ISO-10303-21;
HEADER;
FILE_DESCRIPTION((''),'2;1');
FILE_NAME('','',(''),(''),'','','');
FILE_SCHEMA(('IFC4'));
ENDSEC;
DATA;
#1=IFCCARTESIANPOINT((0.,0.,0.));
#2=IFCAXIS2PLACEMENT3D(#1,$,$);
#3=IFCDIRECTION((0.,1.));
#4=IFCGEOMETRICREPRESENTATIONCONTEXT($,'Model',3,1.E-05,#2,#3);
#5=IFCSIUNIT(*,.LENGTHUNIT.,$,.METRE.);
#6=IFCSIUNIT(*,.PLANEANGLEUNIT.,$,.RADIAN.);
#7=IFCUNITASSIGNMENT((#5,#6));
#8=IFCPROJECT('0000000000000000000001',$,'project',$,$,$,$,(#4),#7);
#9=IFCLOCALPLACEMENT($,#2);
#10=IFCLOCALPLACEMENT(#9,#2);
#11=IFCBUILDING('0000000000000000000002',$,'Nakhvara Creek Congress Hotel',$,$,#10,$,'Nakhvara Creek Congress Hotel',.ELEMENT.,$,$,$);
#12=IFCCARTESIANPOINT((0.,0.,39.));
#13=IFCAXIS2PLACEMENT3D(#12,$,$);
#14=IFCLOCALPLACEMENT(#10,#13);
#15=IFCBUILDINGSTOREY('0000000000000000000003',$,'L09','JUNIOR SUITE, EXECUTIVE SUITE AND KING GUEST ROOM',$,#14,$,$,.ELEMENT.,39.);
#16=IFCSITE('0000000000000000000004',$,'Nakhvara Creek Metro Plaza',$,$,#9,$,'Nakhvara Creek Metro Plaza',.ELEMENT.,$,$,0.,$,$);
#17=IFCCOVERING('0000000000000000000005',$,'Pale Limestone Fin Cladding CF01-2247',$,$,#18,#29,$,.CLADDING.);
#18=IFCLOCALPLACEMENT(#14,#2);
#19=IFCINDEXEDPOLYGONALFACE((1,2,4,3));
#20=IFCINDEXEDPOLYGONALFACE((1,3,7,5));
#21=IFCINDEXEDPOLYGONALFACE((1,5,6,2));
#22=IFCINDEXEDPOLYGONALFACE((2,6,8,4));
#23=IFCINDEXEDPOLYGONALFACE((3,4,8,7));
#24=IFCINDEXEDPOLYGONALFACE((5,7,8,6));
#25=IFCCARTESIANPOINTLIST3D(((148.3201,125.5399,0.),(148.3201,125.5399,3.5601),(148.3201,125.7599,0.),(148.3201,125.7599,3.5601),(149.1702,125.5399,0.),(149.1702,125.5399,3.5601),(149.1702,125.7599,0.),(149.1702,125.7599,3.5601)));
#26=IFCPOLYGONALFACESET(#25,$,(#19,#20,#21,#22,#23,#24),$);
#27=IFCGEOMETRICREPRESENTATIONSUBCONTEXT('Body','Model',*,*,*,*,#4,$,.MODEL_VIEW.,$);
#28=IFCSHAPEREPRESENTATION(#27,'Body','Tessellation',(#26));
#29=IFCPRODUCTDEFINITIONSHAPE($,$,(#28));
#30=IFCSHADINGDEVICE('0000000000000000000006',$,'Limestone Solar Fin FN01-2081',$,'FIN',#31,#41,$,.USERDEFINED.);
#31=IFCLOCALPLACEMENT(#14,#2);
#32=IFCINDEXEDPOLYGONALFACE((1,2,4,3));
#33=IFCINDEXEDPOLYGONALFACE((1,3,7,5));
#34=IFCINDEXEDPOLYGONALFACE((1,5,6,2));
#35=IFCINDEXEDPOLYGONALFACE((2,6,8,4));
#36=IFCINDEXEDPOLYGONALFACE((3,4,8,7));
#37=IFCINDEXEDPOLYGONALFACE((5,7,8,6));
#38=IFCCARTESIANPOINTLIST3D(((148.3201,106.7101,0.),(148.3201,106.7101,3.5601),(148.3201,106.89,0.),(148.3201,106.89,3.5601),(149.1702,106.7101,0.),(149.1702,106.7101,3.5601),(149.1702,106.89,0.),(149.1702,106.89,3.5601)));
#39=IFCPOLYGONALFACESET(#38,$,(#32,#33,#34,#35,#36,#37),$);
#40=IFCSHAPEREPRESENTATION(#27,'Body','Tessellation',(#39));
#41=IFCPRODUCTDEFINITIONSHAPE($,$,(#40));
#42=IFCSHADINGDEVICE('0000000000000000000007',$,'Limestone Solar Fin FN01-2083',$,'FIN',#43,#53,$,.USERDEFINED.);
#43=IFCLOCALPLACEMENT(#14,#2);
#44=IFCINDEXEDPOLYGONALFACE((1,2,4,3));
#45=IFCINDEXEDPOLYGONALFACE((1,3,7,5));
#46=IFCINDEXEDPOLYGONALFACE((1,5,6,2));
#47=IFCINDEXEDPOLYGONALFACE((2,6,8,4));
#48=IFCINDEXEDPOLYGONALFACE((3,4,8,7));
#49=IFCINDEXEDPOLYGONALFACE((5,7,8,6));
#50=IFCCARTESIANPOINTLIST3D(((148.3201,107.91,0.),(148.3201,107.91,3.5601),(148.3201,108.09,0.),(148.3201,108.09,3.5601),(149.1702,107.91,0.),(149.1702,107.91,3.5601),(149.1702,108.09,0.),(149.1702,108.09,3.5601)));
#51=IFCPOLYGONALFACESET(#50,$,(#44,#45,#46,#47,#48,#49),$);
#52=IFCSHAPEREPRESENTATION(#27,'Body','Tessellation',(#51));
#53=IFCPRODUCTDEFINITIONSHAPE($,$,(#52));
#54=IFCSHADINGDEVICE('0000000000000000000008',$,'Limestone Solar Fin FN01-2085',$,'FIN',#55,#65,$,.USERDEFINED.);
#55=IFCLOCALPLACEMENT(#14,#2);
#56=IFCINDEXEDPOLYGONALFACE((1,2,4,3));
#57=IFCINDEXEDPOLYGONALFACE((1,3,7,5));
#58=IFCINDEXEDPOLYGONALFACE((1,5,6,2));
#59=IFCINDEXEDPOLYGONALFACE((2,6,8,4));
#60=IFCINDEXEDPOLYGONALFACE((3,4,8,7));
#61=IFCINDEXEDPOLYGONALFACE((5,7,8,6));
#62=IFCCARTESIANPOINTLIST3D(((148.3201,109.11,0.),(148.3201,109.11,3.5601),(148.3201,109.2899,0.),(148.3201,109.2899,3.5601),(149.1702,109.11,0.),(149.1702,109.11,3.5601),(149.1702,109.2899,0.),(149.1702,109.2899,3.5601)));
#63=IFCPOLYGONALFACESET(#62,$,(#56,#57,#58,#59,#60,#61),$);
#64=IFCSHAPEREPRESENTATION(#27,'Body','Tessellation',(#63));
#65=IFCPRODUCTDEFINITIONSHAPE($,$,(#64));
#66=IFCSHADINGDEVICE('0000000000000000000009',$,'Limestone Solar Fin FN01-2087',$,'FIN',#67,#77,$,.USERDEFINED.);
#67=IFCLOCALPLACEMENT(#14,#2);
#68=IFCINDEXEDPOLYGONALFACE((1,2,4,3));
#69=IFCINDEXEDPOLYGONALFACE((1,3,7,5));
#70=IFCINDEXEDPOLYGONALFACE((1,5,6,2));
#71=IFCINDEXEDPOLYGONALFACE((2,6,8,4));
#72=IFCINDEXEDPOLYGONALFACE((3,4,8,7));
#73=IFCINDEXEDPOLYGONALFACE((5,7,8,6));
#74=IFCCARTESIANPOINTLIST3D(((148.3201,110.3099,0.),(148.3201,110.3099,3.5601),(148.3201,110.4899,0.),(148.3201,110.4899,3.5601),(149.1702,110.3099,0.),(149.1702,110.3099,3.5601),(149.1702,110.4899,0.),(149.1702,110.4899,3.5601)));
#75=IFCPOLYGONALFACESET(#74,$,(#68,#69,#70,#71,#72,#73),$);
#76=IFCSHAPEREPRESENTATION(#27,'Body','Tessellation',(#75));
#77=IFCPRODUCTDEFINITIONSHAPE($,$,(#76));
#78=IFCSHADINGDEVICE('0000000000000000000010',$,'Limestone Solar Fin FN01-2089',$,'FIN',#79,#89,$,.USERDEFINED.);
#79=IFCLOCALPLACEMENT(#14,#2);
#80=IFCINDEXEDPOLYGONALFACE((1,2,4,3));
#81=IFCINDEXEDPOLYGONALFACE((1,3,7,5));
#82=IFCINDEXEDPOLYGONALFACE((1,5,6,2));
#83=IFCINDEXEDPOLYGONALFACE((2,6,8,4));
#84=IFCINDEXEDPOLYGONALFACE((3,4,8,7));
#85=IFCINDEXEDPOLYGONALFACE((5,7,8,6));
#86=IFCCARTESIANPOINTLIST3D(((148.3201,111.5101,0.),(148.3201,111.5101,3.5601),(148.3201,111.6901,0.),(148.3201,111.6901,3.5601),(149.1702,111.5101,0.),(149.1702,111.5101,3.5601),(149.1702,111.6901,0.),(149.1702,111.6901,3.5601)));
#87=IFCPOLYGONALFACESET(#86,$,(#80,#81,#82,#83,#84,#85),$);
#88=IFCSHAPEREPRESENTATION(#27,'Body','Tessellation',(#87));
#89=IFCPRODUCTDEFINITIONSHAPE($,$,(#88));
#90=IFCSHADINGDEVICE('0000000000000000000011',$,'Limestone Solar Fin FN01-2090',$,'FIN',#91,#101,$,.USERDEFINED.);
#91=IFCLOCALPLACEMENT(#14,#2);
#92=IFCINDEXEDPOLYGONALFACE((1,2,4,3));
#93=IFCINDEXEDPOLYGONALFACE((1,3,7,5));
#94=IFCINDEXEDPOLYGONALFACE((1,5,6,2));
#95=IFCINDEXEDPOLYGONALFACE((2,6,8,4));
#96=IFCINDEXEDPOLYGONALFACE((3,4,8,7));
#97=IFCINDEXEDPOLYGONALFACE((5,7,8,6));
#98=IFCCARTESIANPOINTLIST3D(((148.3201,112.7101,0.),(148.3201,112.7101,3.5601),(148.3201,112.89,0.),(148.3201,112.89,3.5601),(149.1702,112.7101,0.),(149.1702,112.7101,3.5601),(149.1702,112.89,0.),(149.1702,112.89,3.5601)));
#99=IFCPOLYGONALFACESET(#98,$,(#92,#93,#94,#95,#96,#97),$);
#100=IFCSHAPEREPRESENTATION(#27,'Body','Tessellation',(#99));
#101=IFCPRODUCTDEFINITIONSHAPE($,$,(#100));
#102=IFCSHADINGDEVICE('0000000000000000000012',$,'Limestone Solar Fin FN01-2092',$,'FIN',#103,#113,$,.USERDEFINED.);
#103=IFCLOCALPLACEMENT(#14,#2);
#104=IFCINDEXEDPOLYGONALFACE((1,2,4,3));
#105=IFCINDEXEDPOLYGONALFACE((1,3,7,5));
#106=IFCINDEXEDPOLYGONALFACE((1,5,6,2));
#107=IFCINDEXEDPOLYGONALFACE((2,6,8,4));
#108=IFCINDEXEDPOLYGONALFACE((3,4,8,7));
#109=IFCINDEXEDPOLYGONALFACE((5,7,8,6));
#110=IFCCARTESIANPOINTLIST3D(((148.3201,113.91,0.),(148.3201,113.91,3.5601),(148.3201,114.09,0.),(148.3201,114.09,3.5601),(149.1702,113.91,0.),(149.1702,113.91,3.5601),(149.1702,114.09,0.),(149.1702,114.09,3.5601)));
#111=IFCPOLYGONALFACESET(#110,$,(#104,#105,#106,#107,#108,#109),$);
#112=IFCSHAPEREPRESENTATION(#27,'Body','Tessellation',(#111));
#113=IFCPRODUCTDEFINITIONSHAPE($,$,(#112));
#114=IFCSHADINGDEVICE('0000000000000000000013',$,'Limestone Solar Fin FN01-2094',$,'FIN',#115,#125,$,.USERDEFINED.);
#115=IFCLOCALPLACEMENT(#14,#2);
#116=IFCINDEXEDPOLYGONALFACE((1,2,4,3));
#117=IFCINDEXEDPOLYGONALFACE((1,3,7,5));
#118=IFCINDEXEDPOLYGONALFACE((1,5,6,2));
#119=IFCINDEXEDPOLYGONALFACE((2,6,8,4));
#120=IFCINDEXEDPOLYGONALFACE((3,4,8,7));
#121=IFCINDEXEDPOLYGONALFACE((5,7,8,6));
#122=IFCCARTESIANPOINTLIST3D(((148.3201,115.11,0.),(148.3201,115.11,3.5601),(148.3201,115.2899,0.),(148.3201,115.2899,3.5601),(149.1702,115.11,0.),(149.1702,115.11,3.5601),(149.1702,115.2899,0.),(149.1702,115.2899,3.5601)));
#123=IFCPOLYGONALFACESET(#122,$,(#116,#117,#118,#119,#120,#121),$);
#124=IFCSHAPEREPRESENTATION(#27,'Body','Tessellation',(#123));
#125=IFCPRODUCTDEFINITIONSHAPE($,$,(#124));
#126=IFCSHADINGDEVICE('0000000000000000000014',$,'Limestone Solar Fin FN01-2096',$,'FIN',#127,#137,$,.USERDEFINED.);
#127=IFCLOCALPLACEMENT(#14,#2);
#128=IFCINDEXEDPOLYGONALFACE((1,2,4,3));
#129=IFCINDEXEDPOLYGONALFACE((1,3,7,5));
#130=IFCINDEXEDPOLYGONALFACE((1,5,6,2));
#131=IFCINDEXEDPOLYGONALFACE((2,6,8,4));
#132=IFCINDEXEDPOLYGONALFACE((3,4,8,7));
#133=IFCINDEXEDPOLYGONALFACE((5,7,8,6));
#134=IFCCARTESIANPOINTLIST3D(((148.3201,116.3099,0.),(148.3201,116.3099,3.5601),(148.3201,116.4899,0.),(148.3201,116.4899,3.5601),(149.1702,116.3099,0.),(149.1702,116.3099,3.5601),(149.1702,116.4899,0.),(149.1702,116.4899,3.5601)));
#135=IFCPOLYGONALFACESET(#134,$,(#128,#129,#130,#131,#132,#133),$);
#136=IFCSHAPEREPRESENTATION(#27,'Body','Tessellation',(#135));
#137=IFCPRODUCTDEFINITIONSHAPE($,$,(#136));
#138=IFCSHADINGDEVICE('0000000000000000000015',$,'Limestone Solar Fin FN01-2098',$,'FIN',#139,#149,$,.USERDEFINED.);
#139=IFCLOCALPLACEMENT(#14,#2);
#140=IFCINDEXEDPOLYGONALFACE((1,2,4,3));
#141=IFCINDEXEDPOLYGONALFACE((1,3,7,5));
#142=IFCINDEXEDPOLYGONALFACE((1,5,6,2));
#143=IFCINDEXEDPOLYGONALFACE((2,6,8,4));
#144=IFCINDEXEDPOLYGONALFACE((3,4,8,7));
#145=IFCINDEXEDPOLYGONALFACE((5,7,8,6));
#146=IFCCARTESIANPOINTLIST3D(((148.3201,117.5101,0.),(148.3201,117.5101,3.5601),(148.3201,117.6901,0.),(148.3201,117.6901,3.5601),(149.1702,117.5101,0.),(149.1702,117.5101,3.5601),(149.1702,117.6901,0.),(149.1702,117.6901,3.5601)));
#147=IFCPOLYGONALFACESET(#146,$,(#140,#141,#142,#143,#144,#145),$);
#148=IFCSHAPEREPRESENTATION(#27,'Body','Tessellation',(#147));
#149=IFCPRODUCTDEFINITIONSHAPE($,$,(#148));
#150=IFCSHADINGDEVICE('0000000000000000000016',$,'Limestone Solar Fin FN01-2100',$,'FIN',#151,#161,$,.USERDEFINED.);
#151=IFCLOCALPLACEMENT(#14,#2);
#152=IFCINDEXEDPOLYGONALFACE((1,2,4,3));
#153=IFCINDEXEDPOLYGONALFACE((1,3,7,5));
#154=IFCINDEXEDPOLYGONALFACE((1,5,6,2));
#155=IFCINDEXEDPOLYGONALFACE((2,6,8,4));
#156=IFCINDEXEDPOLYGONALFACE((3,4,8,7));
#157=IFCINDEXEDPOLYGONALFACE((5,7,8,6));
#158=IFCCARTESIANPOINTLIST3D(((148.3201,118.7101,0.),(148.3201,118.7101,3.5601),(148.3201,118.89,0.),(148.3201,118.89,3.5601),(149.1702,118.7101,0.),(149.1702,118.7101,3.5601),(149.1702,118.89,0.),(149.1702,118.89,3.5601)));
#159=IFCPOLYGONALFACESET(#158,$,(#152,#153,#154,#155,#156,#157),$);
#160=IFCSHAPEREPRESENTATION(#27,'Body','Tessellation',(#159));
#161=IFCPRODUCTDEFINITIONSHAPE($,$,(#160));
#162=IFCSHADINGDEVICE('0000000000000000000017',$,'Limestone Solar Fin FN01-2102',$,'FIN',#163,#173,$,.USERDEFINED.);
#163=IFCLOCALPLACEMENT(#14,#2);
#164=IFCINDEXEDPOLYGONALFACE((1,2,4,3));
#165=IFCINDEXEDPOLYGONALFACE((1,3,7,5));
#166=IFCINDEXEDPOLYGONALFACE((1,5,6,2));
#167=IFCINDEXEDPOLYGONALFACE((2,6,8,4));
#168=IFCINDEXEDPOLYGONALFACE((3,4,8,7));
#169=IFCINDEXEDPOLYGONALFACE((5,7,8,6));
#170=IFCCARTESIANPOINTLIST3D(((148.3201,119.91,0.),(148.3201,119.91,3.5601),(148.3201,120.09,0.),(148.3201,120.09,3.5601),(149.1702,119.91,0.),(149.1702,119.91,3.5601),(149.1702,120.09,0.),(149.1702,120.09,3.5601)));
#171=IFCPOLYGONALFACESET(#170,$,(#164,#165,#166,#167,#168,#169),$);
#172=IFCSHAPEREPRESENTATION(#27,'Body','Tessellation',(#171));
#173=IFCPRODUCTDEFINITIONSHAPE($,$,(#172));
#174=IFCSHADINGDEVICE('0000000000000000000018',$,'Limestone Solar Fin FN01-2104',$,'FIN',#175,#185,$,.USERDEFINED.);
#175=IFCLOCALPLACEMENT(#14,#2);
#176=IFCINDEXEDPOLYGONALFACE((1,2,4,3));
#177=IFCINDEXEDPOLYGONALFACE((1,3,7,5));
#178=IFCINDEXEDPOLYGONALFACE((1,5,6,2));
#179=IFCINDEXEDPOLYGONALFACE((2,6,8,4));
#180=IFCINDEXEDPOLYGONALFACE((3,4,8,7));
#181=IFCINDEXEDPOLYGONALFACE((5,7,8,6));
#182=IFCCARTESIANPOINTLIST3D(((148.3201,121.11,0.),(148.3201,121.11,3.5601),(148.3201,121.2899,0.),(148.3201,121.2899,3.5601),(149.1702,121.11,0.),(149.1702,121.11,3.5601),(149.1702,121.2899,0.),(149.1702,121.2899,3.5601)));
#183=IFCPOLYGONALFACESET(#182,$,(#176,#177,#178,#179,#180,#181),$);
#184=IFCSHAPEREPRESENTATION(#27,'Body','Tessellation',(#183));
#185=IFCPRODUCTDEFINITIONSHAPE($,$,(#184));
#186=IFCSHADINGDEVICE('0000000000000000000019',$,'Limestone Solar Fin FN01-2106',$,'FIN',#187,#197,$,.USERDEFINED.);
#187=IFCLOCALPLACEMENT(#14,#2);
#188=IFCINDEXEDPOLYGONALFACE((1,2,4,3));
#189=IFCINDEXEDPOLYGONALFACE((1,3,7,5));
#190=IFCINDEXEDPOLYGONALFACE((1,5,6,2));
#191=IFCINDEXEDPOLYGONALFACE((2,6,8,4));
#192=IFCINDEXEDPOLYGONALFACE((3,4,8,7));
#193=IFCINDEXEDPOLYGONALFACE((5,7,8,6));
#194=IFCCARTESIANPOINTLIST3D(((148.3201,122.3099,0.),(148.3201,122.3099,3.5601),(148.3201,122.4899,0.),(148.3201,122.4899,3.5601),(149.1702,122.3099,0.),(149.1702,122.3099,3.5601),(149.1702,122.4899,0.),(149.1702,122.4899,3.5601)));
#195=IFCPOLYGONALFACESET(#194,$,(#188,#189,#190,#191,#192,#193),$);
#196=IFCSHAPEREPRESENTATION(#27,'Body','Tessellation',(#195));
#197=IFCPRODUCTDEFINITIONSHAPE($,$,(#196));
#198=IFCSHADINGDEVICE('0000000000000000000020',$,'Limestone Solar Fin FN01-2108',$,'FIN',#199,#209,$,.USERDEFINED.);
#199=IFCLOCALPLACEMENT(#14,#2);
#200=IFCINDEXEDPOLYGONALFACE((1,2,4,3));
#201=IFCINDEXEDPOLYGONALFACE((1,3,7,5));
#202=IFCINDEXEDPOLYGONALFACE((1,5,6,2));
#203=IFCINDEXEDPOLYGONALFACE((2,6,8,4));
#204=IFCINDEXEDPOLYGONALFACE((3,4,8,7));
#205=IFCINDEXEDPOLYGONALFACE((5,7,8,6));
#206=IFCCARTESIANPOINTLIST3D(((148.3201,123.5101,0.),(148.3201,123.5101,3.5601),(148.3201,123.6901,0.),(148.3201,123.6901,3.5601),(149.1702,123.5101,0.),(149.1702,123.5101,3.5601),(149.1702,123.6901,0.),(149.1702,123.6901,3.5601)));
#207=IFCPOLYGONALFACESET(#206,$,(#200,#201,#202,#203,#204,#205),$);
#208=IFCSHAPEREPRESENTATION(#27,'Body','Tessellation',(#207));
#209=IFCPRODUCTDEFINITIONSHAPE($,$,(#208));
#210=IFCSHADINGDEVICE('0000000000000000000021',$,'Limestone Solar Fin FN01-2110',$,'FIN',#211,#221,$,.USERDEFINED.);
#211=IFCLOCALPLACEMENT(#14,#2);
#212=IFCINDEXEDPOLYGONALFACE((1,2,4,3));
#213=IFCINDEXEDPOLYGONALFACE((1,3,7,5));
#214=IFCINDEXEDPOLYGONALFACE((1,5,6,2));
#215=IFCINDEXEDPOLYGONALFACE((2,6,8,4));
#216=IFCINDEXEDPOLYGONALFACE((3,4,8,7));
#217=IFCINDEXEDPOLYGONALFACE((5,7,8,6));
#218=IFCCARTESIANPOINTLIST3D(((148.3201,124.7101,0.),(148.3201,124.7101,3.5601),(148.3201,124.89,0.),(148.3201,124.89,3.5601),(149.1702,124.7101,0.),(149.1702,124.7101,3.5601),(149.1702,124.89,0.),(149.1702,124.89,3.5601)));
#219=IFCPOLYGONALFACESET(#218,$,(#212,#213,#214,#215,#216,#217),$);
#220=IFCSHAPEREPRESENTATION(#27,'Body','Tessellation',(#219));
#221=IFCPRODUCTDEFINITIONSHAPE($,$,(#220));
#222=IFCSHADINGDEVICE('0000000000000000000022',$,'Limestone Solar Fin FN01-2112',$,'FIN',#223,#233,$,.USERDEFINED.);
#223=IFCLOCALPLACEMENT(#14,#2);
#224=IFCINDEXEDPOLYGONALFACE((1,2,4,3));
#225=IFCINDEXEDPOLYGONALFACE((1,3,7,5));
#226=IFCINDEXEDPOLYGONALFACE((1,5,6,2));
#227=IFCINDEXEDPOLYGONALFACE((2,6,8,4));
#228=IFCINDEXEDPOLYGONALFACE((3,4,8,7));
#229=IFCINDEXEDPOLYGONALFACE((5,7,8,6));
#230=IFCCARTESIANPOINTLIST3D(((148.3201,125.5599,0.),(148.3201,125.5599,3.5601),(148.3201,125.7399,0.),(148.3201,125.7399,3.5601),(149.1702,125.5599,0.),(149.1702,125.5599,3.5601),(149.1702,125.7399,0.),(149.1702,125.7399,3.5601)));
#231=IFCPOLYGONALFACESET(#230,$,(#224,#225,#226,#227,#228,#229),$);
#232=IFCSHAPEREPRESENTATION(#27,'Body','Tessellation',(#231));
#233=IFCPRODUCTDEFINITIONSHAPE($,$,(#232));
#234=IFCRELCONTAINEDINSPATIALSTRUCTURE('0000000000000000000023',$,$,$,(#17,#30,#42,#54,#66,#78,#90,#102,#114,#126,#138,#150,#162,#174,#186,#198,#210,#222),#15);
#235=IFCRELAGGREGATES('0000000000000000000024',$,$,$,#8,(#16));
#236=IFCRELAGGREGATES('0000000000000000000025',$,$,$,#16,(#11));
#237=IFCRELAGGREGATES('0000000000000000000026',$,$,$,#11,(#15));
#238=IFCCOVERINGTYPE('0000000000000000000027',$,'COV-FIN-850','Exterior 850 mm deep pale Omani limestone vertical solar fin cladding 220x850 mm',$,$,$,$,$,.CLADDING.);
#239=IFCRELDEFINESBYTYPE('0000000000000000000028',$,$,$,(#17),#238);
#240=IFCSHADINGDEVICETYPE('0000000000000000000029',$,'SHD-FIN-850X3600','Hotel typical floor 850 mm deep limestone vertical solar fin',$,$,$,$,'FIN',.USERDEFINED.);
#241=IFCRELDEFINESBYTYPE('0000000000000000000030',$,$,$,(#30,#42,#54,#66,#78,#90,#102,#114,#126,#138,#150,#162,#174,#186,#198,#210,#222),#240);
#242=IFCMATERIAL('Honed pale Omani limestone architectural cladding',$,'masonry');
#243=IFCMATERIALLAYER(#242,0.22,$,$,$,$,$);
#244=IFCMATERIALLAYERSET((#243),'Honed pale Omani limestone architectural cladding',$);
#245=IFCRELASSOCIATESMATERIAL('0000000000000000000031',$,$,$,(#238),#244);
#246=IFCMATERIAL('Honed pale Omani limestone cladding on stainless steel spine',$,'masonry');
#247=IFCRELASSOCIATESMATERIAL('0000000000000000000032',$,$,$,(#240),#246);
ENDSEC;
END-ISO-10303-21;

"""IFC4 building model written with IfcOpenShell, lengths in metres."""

from ifc_helpers import new_model, si_unit, direction, frame, origin, origin_2d, place, context, subcontext, project, spatial, rectangle, extrude, material, layer, layer_set, type_object, element, save


model = new_model("IFC4")

# Units and contexts
model_context = context("Model", 3, precision=1e-05, world=origin(), true_north=direction((0.0, 1.0)))
body_context = subcontext(model_context, "Body", "Model", "MODEL_VIEW")
ifc_project = project(units=[si_unit("LENGTHUNIT", "METRE"), si_unit("PLANEANGLEUNIT", "RADIAN")], contexts=[model_context])

# Site, building, storey
site_placement = place(None, origin())
site = spatial("IfcSite", under=ifc_project, at=site_placement, Name="Nakhvara Creek Metro Plaza", LongName="Nakhvara Creek Metro Plaza", CompositionType="ELEMENT", RefElevation=0.0)
building_placement = place(site_placement, origin())
building = spatial("IfcBuilding", under=site, at=building_placement, Name="Nakhvara Creek Congress Hotel", LongName="Nakhvara Creek Congress Hotel", CompositionType="ELEMENT")
storey_placement = place(building_placement, frame((0.0, 0.0, 39.0)))
storey = spatial("IfcBuildingStorey", under=building, at=storey_placement, Name="L09", Description="JUNIOR SUITE, EXECUTIVE SUITE AND KING GUEST ROOM", CompositionType="ELEMENT", Elevation=39.0)

# Covering
ifc_material_1 = material(Name="Honed pale Omani limestone architectural cladding", Category="masonry")
ifc_layer = layer(ifc_material_1, 0.22)
ifc_layer_set = layer_set([ifc_layer], Name="Honed pale Omani limestone architectural cladding")
covering_type = type_object("IfcCoveringType", Name="COV-FIN-850", Description="Exterior 850 mm deep pale Omani limestone vertical solar fin cladding 220x850 mm", PredefinedType="CLADDING", material=ifc_layer_set)
covering_1_placement = place(storey_placement, frame((148.7451, 125.6499, 0.0), z_axis=(0.0, 0.0, 1.0), x_axis=(0.0, 1.0, 0.0)))
element("IfcCovering", 1, at=covering_1_placement, inside=storey, type_object=covering_type, Name="Pale Limestone Fin Cladding CF01-2247", PredefinedType="CLADDING", context=body_context, shape_type="SweptSolid", body=[
    extrude(rectangle(XDim=0.22, YDim=0.8501, at=origin_2d()), origin(), (0.0, 0.0, 1.0), 3.5601),
])

# Shading devices
ifc_material_2 = material(Name="Honed pale Omani limestone cladding on stainless steel spine", Category="masonry")
shading_device_type = type_object("IfcShadingDeviceType", Name="SHD-FIN-850X3600", Description="Hotel typical floor 850 mm deep limestone vertical solar fin", ElementType="FIN", PredefinedType="USERDEFINED", material=ifc_material_2)
for number, where, z_axis, x_axis, name in (
    (2, (148.7451, 106.8, 0.0), (0.0, 0.0, 1.0), (0.0, 1.0, 0.0), "Limestone Solar Fin FN01-2081"),
    (3, (148.7451, 108.0, 0.0), (0.0, 0.0, 1.0), (0.0, 1.0, 0.0), "Limestone Solar Fin FN01-2083"),
    (4, (148.7451, 109.2, 0.0), (0.0, 0.0, 1.0), (0.0, 1.0, 0.0), "Limestone Solar Fin FN01-2085"),
    (5, (148.7451, 110.3999, 0.0), (0.0, 0.0, 1.0), (0.0, 1.0, 0.0), "Limestone Solar Fin FN01-2087"),
    (6, (148.7451, 111.6001, 0.0), (0.0, 0.0, 1.0), (0.0, 1.0, 0.0), "Limestone Solar Fin FN01-2089"),
    (7, (148.7451, 112.8, 0.0), (0.0, 0.0, 1.0), (0.0, 1.0, 0.0), "Limestone Solar Fin FN01-2090"),
    (8, (148.7451, 114.0, 0.0), (0.0, 0.0, 1.0), (0.0, 1.0, 0.0), "Limestone Solar Fin FN01-2092"),
    (9, (148.7451, 115.2, 0.0), (0.0, 0.0, 1.0), (0.0, 1.0, 0.0), "Limestone Solar Fin FN01-2094"),
    (10, (148.7451, 116.3999, 0.0), (0.0, 0.0, 1.0), (0.0, 1.0, 0.0), "Limestone Solar Fin FN01-2096"),
    (11, (148.7451, 117.6001, 0.0), (0.0, 0.0, 1.0), (0.0, 1.0, 0.0), "Limestone Solar Fin FN01-2098"),
    (12, (148.7451, 118.8, 0.0), (0.0, 0.0, 1.0), (0.0, 1.0, 0.0), "Limestone Solar Fin FN01-2100"),
    (13, (148.7451, 120.0, 0.0), (0.0, 0.0, 1.0), (0.0, 1.0, 0.0), "Limestone Solar Fin FN01-2102"),
    (14, (148.7451, 121.2, 0.0), (0.0, 0.0, 1.0), (0.0, 1.0, 0.0), "Limestone Solar Fin FN01-2104"),
    (15, (148.7451, 122.3999, 0.0), (0.0, 0.0, 1.0), (0.0, 1.0, 0.0), "Limestone Solar Fin FN01-2106"),
    (16, (148.7451, 123.6001, 0.0), (0.0, 0.0, 1.0), (0.0, 1.0, 0.0), "Limestone Solar Fin FN01-2108"),
    (17, (148.7451, 124.8, 0.0), (0.0, 0.0, 1.0), (0.0, 1.0, 0.0), "Limestone Solar Fin FN01-2110"),
    (18, (148.7451, 125.6499, 0.0), (0.0, 0.0, 1.0), (0.0, 1.0, 0.0), "Limestone Solar Fin FN01-2112"),
):
    element("IfcShadingDevice", number, at=place(storey_placement, frame(where, z_axis=z_axis, x_axis=x_axis)), inside=storey, type_object=shading_device_type, Name=name, ObjectType="FIN", PredefinedType="USERDEFINED", context=body_context, shape_type="SweptSolid", body=[
        extrude(rectangle(XDim=0.1799, YDim=0.8501, at=origin_2d()), origin(), (0.0, 0.0, 1.0), 3.5601),
    ])

save(model, "model.ifc")
